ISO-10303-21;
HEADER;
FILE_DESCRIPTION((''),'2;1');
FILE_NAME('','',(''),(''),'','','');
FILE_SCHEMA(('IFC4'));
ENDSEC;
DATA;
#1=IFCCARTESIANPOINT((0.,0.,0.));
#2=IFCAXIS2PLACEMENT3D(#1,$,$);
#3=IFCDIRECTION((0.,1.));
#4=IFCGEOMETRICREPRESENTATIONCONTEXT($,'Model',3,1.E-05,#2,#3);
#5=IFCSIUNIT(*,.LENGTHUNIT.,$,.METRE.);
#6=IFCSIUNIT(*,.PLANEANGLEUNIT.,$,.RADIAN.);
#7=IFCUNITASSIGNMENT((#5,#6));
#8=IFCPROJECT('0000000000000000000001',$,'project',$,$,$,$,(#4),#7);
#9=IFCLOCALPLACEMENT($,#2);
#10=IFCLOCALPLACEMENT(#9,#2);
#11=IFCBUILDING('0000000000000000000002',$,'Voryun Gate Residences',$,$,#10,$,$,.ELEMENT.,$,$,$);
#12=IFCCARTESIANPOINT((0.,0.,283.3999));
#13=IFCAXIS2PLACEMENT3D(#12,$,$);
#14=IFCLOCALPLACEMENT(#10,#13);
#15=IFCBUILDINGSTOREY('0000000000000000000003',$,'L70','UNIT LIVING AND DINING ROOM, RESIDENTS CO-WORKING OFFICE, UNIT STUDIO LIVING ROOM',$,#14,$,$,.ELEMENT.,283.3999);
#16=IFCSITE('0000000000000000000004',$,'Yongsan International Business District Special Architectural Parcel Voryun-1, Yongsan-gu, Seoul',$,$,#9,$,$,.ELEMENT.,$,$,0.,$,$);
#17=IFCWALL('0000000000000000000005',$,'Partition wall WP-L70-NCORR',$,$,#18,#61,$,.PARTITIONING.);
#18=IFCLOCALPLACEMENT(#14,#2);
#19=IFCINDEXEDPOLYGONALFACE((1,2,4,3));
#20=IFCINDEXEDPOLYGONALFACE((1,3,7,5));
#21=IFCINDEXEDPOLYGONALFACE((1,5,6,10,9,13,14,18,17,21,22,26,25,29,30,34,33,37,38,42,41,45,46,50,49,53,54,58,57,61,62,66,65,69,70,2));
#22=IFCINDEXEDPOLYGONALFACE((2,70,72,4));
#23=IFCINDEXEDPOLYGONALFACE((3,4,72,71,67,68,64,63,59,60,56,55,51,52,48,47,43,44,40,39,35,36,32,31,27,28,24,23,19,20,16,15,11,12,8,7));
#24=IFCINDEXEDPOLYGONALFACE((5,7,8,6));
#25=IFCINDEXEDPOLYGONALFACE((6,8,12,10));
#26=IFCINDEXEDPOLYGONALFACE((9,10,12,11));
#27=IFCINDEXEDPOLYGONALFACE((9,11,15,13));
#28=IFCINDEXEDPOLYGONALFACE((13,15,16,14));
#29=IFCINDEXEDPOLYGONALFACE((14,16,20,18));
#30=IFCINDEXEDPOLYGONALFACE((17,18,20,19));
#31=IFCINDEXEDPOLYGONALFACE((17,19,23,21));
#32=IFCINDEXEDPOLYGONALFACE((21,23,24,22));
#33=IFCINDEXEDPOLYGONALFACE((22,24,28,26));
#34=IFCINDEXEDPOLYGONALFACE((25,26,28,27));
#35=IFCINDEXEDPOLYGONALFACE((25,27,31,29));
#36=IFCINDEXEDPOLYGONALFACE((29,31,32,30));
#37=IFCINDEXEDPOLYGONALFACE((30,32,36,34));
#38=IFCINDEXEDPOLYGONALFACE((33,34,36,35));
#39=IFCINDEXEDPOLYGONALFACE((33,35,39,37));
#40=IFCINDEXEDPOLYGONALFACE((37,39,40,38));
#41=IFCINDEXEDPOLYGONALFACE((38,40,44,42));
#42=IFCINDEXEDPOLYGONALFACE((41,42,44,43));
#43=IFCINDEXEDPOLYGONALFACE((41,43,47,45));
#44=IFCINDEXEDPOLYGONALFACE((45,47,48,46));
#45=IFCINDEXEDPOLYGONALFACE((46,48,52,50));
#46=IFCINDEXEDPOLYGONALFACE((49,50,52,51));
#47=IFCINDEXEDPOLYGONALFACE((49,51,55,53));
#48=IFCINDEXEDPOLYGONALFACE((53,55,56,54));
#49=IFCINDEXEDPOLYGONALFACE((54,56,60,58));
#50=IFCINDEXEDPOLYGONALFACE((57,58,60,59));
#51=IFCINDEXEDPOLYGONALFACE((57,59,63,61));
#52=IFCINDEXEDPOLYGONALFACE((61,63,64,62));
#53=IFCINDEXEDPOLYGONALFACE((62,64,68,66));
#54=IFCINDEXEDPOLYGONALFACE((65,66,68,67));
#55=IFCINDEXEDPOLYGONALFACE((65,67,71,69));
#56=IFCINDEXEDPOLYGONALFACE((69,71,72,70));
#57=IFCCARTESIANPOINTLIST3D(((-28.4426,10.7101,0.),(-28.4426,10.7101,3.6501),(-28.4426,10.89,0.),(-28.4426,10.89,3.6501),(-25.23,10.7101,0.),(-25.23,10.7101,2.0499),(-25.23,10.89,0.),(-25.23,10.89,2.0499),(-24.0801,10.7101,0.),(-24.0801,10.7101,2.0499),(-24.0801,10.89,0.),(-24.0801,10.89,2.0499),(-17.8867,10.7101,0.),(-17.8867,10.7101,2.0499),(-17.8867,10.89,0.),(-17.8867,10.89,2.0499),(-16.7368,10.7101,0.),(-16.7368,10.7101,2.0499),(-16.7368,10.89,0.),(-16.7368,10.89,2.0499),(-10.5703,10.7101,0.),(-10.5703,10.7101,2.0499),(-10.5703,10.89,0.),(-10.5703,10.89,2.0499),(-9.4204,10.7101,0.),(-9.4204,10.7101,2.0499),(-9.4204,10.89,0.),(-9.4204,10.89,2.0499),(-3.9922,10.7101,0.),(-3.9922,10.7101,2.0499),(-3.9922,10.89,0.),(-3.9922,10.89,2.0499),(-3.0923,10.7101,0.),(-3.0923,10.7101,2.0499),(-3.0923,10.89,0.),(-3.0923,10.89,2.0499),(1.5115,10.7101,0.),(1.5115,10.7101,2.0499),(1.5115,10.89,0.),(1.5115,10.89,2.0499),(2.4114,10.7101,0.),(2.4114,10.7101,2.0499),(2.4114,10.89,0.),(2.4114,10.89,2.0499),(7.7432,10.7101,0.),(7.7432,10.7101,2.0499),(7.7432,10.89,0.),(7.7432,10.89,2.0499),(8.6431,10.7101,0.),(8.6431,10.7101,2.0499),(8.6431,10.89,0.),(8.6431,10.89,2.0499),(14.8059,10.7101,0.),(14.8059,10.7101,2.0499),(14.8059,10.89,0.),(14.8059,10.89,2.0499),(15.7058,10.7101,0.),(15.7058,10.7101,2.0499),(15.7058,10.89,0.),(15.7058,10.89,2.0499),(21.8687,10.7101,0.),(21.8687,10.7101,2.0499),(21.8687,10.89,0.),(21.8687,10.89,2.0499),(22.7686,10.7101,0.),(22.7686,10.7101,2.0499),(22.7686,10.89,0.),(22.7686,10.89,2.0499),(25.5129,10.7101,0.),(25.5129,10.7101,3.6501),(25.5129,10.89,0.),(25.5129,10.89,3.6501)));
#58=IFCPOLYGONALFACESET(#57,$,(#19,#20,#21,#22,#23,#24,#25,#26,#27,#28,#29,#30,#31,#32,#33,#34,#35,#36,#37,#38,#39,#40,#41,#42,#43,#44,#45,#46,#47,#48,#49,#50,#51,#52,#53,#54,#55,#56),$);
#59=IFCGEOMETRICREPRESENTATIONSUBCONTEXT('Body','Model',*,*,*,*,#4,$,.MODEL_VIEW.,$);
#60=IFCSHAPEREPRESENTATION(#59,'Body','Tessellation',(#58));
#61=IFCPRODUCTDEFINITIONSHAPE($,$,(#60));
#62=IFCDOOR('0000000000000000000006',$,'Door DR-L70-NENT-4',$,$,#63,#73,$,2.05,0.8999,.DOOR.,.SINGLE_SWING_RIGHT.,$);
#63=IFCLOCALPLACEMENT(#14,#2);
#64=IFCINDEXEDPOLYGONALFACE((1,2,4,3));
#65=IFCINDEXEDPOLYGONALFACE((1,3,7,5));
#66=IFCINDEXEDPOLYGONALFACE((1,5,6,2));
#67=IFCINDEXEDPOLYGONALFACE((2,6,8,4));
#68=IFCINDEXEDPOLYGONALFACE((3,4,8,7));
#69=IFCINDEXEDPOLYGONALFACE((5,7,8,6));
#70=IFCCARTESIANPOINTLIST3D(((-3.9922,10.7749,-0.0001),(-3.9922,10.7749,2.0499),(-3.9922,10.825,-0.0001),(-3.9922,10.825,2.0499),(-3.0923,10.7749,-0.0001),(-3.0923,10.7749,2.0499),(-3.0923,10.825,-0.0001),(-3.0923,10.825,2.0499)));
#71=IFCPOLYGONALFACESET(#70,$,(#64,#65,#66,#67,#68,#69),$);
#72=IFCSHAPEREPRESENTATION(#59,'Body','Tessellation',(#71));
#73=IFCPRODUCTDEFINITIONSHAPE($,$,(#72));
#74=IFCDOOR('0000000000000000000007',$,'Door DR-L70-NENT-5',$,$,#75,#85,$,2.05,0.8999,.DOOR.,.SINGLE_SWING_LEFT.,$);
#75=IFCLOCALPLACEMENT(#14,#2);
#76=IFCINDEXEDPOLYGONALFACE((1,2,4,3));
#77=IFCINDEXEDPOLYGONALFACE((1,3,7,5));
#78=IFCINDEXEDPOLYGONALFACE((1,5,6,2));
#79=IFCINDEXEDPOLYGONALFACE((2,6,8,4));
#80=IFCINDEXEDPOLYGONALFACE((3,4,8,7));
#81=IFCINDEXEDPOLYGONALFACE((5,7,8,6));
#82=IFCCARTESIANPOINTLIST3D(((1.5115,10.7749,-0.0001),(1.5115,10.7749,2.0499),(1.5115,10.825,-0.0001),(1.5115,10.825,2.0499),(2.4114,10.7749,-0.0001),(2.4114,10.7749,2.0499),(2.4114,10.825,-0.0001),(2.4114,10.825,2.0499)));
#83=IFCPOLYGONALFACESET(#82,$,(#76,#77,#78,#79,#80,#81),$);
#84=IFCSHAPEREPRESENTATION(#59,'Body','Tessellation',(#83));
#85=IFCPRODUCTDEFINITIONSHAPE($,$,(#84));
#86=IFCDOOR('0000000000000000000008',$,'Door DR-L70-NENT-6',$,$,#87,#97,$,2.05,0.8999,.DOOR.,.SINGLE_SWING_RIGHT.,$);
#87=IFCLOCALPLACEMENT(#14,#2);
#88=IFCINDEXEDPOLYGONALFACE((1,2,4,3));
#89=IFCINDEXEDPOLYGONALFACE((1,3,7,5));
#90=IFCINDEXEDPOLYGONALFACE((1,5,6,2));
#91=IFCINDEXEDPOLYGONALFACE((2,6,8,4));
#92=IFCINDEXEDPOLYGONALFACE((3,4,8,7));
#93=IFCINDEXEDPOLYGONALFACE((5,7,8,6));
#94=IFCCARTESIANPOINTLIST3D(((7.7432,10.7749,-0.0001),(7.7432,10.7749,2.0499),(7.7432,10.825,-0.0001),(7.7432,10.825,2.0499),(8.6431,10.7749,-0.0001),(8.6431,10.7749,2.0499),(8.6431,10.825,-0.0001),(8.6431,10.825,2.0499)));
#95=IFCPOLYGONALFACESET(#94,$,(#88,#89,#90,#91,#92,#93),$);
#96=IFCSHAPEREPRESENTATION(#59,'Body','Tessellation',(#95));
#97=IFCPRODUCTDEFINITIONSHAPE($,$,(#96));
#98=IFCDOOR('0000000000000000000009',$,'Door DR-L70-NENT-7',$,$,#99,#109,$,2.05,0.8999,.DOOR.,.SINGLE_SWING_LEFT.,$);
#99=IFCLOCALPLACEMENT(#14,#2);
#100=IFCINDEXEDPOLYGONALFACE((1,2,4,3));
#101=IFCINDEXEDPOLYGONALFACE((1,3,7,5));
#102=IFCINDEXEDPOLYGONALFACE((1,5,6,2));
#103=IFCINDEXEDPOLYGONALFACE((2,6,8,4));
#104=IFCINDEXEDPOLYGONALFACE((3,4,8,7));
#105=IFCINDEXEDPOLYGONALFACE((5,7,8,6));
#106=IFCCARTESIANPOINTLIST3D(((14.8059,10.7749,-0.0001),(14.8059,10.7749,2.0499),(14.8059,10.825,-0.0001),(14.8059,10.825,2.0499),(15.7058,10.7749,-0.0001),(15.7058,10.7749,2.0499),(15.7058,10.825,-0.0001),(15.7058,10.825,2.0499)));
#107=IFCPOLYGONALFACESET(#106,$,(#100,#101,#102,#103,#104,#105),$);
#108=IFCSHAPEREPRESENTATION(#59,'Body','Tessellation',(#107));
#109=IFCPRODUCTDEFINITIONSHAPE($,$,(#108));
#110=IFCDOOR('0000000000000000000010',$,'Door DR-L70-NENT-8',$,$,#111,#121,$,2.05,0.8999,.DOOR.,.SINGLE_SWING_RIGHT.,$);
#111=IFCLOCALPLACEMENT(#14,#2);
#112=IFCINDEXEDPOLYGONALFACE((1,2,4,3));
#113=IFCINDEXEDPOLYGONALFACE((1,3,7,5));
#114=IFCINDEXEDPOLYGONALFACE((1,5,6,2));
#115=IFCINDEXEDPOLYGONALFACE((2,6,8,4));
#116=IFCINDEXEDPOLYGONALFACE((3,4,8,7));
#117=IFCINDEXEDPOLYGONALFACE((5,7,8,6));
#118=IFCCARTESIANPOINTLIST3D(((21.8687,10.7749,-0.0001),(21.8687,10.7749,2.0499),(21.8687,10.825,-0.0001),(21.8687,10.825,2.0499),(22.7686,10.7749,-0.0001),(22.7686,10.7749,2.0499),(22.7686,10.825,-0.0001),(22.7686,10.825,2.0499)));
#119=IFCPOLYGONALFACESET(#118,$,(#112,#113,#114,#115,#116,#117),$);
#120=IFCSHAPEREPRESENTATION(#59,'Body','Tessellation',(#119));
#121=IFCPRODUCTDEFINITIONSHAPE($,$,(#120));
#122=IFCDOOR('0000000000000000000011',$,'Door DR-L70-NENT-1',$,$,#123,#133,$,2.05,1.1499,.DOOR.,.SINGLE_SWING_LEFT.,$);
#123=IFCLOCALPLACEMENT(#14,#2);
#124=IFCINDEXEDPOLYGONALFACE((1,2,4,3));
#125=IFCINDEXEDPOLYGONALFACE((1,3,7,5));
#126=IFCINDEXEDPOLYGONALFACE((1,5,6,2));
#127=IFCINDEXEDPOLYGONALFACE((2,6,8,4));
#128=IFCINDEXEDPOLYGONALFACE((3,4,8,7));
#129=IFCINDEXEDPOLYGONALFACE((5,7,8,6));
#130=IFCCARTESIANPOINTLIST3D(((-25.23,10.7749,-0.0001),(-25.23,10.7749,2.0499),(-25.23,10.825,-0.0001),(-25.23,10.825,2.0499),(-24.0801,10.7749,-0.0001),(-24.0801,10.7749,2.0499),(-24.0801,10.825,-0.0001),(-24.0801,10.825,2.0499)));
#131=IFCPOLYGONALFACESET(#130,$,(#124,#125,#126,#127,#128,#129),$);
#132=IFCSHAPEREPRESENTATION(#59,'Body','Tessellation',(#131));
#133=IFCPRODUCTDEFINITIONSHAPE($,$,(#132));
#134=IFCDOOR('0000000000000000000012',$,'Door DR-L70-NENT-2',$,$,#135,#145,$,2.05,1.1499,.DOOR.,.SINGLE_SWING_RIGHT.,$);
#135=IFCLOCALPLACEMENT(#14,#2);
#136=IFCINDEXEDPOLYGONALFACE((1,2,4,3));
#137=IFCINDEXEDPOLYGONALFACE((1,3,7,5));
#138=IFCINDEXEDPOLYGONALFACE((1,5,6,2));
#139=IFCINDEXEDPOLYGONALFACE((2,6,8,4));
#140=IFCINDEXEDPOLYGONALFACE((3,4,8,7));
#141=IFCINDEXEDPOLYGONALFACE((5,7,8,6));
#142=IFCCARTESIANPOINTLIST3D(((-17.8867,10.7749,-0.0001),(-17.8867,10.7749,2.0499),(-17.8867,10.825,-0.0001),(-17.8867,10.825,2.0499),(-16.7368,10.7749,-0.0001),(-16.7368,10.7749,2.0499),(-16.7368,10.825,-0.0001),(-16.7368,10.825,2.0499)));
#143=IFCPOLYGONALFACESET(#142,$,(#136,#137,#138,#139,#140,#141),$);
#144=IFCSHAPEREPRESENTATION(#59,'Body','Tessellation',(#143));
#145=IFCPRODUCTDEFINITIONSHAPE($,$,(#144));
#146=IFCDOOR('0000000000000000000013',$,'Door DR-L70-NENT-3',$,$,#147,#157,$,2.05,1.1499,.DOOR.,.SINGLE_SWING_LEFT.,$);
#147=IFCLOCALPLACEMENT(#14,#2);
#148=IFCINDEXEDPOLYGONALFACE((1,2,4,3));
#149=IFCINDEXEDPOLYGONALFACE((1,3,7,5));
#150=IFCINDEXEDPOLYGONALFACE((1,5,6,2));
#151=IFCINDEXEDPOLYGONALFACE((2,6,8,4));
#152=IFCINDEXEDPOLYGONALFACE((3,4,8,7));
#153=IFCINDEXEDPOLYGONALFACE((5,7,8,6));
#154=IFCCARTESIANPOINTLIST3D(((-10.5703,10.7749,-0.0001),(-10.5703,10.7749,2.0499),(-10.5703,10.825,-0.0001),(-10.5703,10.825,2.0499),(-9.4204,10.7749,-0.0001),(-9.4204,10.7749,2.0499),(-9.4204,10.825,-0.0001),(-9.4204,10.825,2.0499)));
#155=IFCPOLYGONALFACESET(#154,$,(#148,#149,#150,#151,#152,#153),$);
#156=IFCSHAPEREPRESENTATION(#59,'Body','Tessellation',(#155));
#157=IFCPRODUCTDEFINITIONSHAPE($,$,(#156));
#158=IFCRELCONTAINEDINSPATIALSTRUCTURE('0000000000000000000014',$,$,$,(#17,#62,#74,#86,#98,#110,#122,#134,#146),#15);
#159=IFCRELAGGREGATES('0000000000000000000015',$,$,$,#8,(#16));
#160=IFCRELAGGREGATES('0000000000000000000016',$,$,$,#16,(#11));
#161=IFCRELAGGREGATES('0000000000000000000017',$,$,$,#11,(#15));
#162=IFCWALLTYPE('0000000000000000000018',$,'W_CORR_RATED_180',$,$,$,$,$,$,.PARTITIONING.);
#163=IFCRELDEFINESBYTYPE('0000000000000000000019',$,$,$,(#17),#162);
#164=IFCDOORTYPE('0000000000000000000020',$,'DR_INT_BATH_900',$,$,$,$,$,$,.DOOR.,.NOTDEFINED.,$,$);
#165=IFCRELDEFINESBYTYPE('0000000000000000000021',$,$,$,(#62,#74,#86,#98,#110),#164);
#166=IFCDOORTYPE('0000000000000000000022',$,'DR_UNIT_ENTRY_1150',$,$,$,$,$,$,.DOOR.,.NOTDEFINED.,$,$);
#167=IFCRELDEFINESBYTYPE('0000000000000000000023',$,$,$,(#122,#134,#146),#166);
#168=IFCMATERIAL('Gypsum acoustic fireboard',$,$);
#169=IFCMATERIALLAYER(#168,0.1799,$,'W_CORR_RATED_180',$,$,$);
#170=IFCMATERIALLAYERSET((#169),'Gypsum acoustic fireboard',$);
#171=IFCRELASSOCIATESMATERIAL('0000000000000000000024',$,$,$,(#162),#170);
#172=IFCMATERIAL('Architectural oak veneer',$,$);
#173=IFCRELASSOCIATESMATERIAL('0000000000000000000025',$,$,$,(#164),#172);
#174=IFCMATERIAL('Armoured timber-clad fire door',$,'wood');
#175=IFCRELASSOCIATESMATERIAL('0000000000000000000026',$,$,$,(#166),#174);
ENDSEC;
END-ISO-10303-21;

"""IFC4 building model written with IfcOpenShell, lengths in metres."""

from ifc_helpers import new_model, si_unit, direction, frame, frame_2d, origin, place, context, subcontext, project, spatial, rectangle, extrude, material, layer, layer_set, type_object, element, fill, save


model = new_model("IFC4")

# Units and contexts
model_context = context("Model", 3, precision=1e-05, world=origin(), true_north=direction((0.0, 1.0)))
body_context = subcontext(model_context, "Body", "Model", "MODEL_VIEW")
ifc_project = project(units=[si_unit("LENGTHUNIT", "METRE"), si_unit("PLANEANGLEUNIT", "RADIAN")], contexts=[model_context])

# Site, building, storey
site_placement = place(None, origin())
site = spatial("IfcSite", under=ifc_project, at=site_placement, Name="Yongsan International Business District Special Architectural Parcel Voryun-1, Yongsan-gu, Seoul", CompositionType="ELEMENT", RefElevation=0.0)
building_placement = place(site_placement, origin())
building = spatial("IfcBuilding", under=site, at=building_placement, Name="Voryun Gate Residences", CompositionType="ELEMENT")
storey_placement = place(building_placement, frame((0.0, 0.0, 283.3999)))
storey = spatial("IfcBuildingStorey", under=building, at=storey_placement, Name="L70", Description="UNIT LIVING AND DINING ROOM, RESIDENTS CO-WORKING OFFICE, UNIT STUDIO LIVING ROOM", CompositionType="ELEMENT", Elevation=283.3999)

# Wall, openings, doors
ifc_material_1 = material(Name="Gypsum acoustic fireboard")
ifc_layer_1 = layer(ifc_material_1, 0.1799, Name="W_CORR_RATED_180")
ifc_layer_set_1 = layer_set([ifc_layer_1], Name="Gypsum acoustic fireboard")
wall_type_1 = type_object("IfcWallType", Name="W_CORR_RATED_180", PredefinedType="PARTITIONING", material=ifc_layer_set_1)
wall_1_placement = place(storey_placement, frame((-28.4426, 10.8, 0.0), z_axis=(0.0, 0.0, 1.0), x_axis=(1.0, 0.0, 0.0)))
wall_1 = element("IfcWall", 1, at=wall_1_placement, inside=storey, type_object=wall_type_1, Name="Partition wall WP-L70-NCORR", PredefinedType="PARTITIONING", context=body_context, shape_type="SweptSolid", body=[
    extrude(rectangle(XDim=53.9556, YDim=0.1799, at=frame_2d((26.9778, 0.0))), origin(), (0.0, 0.0, 1.0), 3.6501),
])
opening_1_placement = place(wall_1_placement, frame((3.2126, 0.0, 0.0)))
opening_1 = element("IfcOpeningElement", 2, at=opening_1_placement, cuts=wall_1, PredefinedType="OPENING", context=body_context, shape_type="SweptSolid", body=[
    extrude(rectangle(XDim=1.1499, YDim=2.05, at=frame_2d((0.575, 1.0249))), frame((0.0, 0.0999, 0.0), z_axis=(0.0, -1.0, 0.0), x_axis=(1.0, 0.0, 0.0)), (0.0, 0.0, 1.0), 0.2),
])
opening_2_placement = place(wall_1_placement, frame((10.5559, 0.0, 0.0)))
opening_2 = element("IfcOpeningElement", 3, at=opening_2_placement, cuts=wall_1, PredefinedType="OPENING", context=body_context, shape_type="SweptSolid", body=[
    extrude(rectangle(XDim=1.1499, YDim=2.05, at=frame_2d((0.575, 1.0249))), frame((0.0, 0.0999, 0.0), z_axis=(0.0, -1.0, 0.0), x_axis=(1.0, 0.0, 0.0)), (0.0, 0.0, 1.0), 0.2),
])
opening_3_placement = place(wall_1_placement, frame((17.8723, 0.0, 0.0)))
opening_3 = element("IfcOpeningElement", 4, at=opening_3_placement, cuts=wall_1, PredefinedType="OPENING", context=body_context, shape_type="SweptSolid", body=[
    extrude(rectangle(XDim=1.1499, YDim=2.05, at=frame_2d((0.575, 1.0249))), frame((0.0, 0.0999, 0.0), z_axis=(0.0, -1.0, 0.0), x_axis=(1.0, 0.0, 0.0)), (0.0, 0.0, 1.0), 0.2),
])
opening_4_placement = place(wall_1_placement, frame((24.4504, 0.0, 0.0)))
opening_4 = element("IfcOpeningElement", 5, at=opening_4_placement, cuts=wall_1, PredefinedType="OPENING", context=body_context, shape_type="SweptSolid", body=[
    extrude(rectangle(XDim=0.8999, YDim=2.05, at=frame_2d((0.45, 1.0249))), frame((0.0, 0.0999, 0.0), z_axis=(0.0, -1.0, 0.0), x_axis=(1.0, 0.0, 0.0)), (0.0, 0.0, 1.0), 0.2),
])
opening_5_placement = place(wall_1_placement, frame((29.9541, 0.0, 0.0)))
opening_5 = element("IfcOpeningElement", 6, at=opening_5_placement, cuts=wall_1, PredefinedType="OPENING", context=body_context, shape_type="SweptSolid", body=[
    extrude(rectangle(XDim=0.8999, YDim=2.05, at=frame_2d((0.45, 1.0249))), frame((0.0, 0.0999, 0.0), z_axis=(0.0, -1.0, 0.0), x_axis=(1.0, 0.0, 0.0)), (0.0, 0.0, 1.0), 0.2),
])
opening_6_placement = place(wall_1_placement, frame((36.1858, 0.0, 0.0)))
opening_6 = element("IfcOpeningElement", 7, at=opening_6_placement, cuts=wall_1, PredefinedType="OPENING", context=body_context, shape_type="SweptSolid", body=[
    extrude(rectangle(XDim=0.8999, YDim=2.05, at=frame_2d((0.45, 1.0249))), frame((0.0, 0.0999, 0.0), z_axis=(0.0, -1.0, 0.0), x_axis=(1.0, 0.0, 0.0)), (0.0, 0.0, 1.0), 0.2),
])
opening_7_placement = place(wall_1_placement, frame((43.2485, 0.0, 0.0)))
opening_7 = element("IfcOpeningElement", 8, at=opening_7_placement, cuts=wall_1, PredefinedType="OPENING", context=body_context, shape_type="SweptSolid", body=[
    extrude(rectangle(XDim=0.8999, YDim=2.05, at=frame_2d((0.45, 1.0249))), frame((0.0, 0.0999, 0.0), z_axis=(0.0, -1.0, 0.0), x_axis=(1.0, 0.0, 0.0)), (0.0, 0.0, 1.0), 0.2),
])
opening_8_placement = place(wall_1_placement, frame((50.3113, 0.0, 0.0)))
opening_8 = element("IfcOpeningElement", 9, at=opening_8_placement, cuts=wall_1, PredefinedType="OPENING", context=body_context, shape_type="SweptSolid", body=[
    extrude(rectangle(XDim=0.8999, YDim=2.05, at=frame_2d((0.45, 1.0249))), frame((0.0, 0.0999, 0.0), z_axis=(0.0, -1.0, 0.0), x_axis=(1.0, 0.0, 0.0)), (0.0, 0.0, 1.0), 0.2),
])
ifc_material_2 = material(Name="Architectural oak veneer")
door_type_1 = type_object("IfcDoorType", Name="DR_INT_BATH_900", OperationType="NOTDEFINED", PredefinedType="DOOR", material=ifc_material_2)
door_1_placement = place(opening_4_placement, origin())
door_1 = element("IfcDoor", 10, at=door_1_placement, inside=storey, type_object=door_type_1, Name="Door DR-L70-NENT-4", OperationType="SINGLE_SWING_RIGHT", OverallHeight=2.05, OverallWidth=0.8999, PredefinedType="DOOR", context=body_context, shape_type="SweptSolid", body=[
    extrude(rectangle(XDim=0.8999, YDim=2.05, at=frame_2d((0.45, 1.0249))), frame((0.0, 0.0249, 0.0), z_axis=(0.0, -1.0, 0.0), x_axis=(1.0, 0.0, 0.0)), (0.0, 0.0, 1.0), 0.05),
])
fill(opening_4, door_1)
door_2_placement = place(opening_5_placement, origin())
door_2 = element("IfcDoor", 11, at=door_2_placement, inside=storey, type_object=door_type_1, Name="Door DR-L70-NENT-5", OperationType="SINGLE_SWING_LEFT", OverallHeight=2.05, OverallWidth=0.8999, PredefinedType="DOOR", context=body_context, shape_type="SweptSolid", body=[
    extrude(rectangle(XDim=0.8999, YDim=2.05, at=frame_2d((0.45, 1.0249))), frame((0.0, 0.0249, 0.0), z_axis=(0.0, -1.0, 0.0), x_axis=(1.0, 0.0, 0.0)), (0.0, 0.0, 1.0), 0.05),
])
fill(opening_5, door_2)
door_3_placement = place(opening_6_placement, origin())
door_3 = element("IfcDoor", 12, at=door_3_placement, inside=storey, type_object=door_type_1, Name="Door DR-L70-NENT-6", OperationType="SINGLE_SWING_RIGHT", OverallHeight=2.05, OverallWidth=0.8999, PredefinedType="DOOR", context=body_context, shape_type="SweptSolid", body=[
    extrude(rectangle(XDim=0.8999, YDim=2.05, at=frame_2d((0.45, 1.0249))), frame((0.0, 0.0249, 0.0), z_axis=(0.0, -1.0, 0.0), x_axis=(1.0, 0.0, 0.0)), (0.0, 0.0, 1.0), 0.05),
])
fill(opening_6, door_3)
door_4_placement = place(opening_7_placement, origin())
door_4 = element("IfcDoor", 13, at=door_4_placement, inside=storey, type_object=door_type_1, Name="Door DR-L70-NENT-7", OperationType="SINGLE_SWING_LEFT", OverallHeight=2.05, OverallWidth=0.8999, PredefinedType="DOOR", context=body_context, shape_type="SweptSolid", body=[
    extrude(rectangle(XDim=0.8999, YDim=2.05, at=frame_2d((0.45, 1.0249))), frame((0.0, 0.0249, 0.0), z_axis=(0.0, -1.0, 0.0), x_axis=(1.0, 0.0, 0.0)), (0.0, 0.0, 1.0), 0.05),
])
fill(opening_7, door_4)
door_5_placement = place(opening_8_placement, origin())
door_5 = element("IfcDoor", 14, at=door_5_placement, inside=storey, type_object=door_type_1, Name="Door DR-L70-NENT-8", OperationType="SINGLE_SWING_RIGHT", OverallHeight=2.05, OverallWidth=0.8999, PredefinedType="DOOR", context=body_context, shape_type="SweptSolid", body=[
    extrude(rectangle(XDim=0.8999, YDim=2.05, at=frame_2d((0.45, 1.0249))), frame((0.0, 0.0249, 0.0), z_axis=(0.0, -1.0, 0.0), x_axis=(1.0, 0.0, 0.0)), (0.0, 0.0, 1.0), 0.05),
])
fill(opening_8, door_5)
ifc_material_3 = material(Name="Armoured timber-clad fire door", Category="wood")
door_type_2 = type_object("IfcDoorType", Name="DR_UNIT_ENTRY_1150", OperationType="NOTDEFINED", PredefinedType="DOOR", material=ifc_material_3)
door_6_placement = place(opening_1_placement, origin())
door_6 = element("IfcDoor", 15, at=door_6_placement, inside=storey, type_object=door_type_2, Name="Door DR-L70-NENT-1", OperationType="SINGLE_SWING_LEFT", OverallHeight=2.05, OverallWidth=1.1499, PredefinedType="DOOR", context=body_context, shape_type="SweptSolid", body=[
    extrude(rectangle(XDim=1.1499, YDim=2.05, at=frame_2d((0.575, 1.0249))), frame((0.0, 0.0249, 0.0), z_axis=(0.0, -1.0, 0.0), x_axis=(1.0, 0.0, 0.0)), (0.0, 0.0, 1.0), 0.05),
])
fill(opening_1, door_6)
door_7_placement = place(opening_2_placement, origin())
door_7 = element("IfcDoor", 16, at=door_7_placement, inside=storey, type_object=door_type_2, Name="Door DR-L70-NENT-2", OperationType="SINGLE_SWING_RIGHT", OverallHeight=2.05, OverallWidth=1.1499, PredefinedType="DOOR", context=body_context, shape_type="SweptSolid", body=[
    extrude(rectangle(XDim=1.1499, YDim=2.05, at=frame_2d((0.575, 1.0249))), frame((0.0, 0.0249, 0.0), z_axis=(0.0, -1.0, 0.0), x_axis=(1.0, 0.0, 0.0)), (0.0, 0.0, 1.0), 0.05),
])
fill(opening_2, door_7)
door_8_placement = place(opening_3_placement, origin())
door_8 = element("IfcDoor", 17, at=door_8_placement, inside=storey, type_object=door_type_2, Name="Door DR-L70-NENT-3", OperationType="SINGLE_SWING_LEFT", OverallHeight=2.05, OverallWidth=1.1499, PredefinedType="DOOR", context=body_context, shape_type="SweptSolid", body=[
    extrude(rectangle(XDim=1.1499, YDim=2.05, at=frame_2d((0.575, 1.0249))), frame((0.0, 0.0249, 0.0), z_axis=(0.0, -1.0, 0.0), x_axis=(1.0, 0.0, 0.0)), (0.0, 0.0, 1.0), 0.05),
])
fill(opening_3, door_8)

save(model, "model.ifc")
